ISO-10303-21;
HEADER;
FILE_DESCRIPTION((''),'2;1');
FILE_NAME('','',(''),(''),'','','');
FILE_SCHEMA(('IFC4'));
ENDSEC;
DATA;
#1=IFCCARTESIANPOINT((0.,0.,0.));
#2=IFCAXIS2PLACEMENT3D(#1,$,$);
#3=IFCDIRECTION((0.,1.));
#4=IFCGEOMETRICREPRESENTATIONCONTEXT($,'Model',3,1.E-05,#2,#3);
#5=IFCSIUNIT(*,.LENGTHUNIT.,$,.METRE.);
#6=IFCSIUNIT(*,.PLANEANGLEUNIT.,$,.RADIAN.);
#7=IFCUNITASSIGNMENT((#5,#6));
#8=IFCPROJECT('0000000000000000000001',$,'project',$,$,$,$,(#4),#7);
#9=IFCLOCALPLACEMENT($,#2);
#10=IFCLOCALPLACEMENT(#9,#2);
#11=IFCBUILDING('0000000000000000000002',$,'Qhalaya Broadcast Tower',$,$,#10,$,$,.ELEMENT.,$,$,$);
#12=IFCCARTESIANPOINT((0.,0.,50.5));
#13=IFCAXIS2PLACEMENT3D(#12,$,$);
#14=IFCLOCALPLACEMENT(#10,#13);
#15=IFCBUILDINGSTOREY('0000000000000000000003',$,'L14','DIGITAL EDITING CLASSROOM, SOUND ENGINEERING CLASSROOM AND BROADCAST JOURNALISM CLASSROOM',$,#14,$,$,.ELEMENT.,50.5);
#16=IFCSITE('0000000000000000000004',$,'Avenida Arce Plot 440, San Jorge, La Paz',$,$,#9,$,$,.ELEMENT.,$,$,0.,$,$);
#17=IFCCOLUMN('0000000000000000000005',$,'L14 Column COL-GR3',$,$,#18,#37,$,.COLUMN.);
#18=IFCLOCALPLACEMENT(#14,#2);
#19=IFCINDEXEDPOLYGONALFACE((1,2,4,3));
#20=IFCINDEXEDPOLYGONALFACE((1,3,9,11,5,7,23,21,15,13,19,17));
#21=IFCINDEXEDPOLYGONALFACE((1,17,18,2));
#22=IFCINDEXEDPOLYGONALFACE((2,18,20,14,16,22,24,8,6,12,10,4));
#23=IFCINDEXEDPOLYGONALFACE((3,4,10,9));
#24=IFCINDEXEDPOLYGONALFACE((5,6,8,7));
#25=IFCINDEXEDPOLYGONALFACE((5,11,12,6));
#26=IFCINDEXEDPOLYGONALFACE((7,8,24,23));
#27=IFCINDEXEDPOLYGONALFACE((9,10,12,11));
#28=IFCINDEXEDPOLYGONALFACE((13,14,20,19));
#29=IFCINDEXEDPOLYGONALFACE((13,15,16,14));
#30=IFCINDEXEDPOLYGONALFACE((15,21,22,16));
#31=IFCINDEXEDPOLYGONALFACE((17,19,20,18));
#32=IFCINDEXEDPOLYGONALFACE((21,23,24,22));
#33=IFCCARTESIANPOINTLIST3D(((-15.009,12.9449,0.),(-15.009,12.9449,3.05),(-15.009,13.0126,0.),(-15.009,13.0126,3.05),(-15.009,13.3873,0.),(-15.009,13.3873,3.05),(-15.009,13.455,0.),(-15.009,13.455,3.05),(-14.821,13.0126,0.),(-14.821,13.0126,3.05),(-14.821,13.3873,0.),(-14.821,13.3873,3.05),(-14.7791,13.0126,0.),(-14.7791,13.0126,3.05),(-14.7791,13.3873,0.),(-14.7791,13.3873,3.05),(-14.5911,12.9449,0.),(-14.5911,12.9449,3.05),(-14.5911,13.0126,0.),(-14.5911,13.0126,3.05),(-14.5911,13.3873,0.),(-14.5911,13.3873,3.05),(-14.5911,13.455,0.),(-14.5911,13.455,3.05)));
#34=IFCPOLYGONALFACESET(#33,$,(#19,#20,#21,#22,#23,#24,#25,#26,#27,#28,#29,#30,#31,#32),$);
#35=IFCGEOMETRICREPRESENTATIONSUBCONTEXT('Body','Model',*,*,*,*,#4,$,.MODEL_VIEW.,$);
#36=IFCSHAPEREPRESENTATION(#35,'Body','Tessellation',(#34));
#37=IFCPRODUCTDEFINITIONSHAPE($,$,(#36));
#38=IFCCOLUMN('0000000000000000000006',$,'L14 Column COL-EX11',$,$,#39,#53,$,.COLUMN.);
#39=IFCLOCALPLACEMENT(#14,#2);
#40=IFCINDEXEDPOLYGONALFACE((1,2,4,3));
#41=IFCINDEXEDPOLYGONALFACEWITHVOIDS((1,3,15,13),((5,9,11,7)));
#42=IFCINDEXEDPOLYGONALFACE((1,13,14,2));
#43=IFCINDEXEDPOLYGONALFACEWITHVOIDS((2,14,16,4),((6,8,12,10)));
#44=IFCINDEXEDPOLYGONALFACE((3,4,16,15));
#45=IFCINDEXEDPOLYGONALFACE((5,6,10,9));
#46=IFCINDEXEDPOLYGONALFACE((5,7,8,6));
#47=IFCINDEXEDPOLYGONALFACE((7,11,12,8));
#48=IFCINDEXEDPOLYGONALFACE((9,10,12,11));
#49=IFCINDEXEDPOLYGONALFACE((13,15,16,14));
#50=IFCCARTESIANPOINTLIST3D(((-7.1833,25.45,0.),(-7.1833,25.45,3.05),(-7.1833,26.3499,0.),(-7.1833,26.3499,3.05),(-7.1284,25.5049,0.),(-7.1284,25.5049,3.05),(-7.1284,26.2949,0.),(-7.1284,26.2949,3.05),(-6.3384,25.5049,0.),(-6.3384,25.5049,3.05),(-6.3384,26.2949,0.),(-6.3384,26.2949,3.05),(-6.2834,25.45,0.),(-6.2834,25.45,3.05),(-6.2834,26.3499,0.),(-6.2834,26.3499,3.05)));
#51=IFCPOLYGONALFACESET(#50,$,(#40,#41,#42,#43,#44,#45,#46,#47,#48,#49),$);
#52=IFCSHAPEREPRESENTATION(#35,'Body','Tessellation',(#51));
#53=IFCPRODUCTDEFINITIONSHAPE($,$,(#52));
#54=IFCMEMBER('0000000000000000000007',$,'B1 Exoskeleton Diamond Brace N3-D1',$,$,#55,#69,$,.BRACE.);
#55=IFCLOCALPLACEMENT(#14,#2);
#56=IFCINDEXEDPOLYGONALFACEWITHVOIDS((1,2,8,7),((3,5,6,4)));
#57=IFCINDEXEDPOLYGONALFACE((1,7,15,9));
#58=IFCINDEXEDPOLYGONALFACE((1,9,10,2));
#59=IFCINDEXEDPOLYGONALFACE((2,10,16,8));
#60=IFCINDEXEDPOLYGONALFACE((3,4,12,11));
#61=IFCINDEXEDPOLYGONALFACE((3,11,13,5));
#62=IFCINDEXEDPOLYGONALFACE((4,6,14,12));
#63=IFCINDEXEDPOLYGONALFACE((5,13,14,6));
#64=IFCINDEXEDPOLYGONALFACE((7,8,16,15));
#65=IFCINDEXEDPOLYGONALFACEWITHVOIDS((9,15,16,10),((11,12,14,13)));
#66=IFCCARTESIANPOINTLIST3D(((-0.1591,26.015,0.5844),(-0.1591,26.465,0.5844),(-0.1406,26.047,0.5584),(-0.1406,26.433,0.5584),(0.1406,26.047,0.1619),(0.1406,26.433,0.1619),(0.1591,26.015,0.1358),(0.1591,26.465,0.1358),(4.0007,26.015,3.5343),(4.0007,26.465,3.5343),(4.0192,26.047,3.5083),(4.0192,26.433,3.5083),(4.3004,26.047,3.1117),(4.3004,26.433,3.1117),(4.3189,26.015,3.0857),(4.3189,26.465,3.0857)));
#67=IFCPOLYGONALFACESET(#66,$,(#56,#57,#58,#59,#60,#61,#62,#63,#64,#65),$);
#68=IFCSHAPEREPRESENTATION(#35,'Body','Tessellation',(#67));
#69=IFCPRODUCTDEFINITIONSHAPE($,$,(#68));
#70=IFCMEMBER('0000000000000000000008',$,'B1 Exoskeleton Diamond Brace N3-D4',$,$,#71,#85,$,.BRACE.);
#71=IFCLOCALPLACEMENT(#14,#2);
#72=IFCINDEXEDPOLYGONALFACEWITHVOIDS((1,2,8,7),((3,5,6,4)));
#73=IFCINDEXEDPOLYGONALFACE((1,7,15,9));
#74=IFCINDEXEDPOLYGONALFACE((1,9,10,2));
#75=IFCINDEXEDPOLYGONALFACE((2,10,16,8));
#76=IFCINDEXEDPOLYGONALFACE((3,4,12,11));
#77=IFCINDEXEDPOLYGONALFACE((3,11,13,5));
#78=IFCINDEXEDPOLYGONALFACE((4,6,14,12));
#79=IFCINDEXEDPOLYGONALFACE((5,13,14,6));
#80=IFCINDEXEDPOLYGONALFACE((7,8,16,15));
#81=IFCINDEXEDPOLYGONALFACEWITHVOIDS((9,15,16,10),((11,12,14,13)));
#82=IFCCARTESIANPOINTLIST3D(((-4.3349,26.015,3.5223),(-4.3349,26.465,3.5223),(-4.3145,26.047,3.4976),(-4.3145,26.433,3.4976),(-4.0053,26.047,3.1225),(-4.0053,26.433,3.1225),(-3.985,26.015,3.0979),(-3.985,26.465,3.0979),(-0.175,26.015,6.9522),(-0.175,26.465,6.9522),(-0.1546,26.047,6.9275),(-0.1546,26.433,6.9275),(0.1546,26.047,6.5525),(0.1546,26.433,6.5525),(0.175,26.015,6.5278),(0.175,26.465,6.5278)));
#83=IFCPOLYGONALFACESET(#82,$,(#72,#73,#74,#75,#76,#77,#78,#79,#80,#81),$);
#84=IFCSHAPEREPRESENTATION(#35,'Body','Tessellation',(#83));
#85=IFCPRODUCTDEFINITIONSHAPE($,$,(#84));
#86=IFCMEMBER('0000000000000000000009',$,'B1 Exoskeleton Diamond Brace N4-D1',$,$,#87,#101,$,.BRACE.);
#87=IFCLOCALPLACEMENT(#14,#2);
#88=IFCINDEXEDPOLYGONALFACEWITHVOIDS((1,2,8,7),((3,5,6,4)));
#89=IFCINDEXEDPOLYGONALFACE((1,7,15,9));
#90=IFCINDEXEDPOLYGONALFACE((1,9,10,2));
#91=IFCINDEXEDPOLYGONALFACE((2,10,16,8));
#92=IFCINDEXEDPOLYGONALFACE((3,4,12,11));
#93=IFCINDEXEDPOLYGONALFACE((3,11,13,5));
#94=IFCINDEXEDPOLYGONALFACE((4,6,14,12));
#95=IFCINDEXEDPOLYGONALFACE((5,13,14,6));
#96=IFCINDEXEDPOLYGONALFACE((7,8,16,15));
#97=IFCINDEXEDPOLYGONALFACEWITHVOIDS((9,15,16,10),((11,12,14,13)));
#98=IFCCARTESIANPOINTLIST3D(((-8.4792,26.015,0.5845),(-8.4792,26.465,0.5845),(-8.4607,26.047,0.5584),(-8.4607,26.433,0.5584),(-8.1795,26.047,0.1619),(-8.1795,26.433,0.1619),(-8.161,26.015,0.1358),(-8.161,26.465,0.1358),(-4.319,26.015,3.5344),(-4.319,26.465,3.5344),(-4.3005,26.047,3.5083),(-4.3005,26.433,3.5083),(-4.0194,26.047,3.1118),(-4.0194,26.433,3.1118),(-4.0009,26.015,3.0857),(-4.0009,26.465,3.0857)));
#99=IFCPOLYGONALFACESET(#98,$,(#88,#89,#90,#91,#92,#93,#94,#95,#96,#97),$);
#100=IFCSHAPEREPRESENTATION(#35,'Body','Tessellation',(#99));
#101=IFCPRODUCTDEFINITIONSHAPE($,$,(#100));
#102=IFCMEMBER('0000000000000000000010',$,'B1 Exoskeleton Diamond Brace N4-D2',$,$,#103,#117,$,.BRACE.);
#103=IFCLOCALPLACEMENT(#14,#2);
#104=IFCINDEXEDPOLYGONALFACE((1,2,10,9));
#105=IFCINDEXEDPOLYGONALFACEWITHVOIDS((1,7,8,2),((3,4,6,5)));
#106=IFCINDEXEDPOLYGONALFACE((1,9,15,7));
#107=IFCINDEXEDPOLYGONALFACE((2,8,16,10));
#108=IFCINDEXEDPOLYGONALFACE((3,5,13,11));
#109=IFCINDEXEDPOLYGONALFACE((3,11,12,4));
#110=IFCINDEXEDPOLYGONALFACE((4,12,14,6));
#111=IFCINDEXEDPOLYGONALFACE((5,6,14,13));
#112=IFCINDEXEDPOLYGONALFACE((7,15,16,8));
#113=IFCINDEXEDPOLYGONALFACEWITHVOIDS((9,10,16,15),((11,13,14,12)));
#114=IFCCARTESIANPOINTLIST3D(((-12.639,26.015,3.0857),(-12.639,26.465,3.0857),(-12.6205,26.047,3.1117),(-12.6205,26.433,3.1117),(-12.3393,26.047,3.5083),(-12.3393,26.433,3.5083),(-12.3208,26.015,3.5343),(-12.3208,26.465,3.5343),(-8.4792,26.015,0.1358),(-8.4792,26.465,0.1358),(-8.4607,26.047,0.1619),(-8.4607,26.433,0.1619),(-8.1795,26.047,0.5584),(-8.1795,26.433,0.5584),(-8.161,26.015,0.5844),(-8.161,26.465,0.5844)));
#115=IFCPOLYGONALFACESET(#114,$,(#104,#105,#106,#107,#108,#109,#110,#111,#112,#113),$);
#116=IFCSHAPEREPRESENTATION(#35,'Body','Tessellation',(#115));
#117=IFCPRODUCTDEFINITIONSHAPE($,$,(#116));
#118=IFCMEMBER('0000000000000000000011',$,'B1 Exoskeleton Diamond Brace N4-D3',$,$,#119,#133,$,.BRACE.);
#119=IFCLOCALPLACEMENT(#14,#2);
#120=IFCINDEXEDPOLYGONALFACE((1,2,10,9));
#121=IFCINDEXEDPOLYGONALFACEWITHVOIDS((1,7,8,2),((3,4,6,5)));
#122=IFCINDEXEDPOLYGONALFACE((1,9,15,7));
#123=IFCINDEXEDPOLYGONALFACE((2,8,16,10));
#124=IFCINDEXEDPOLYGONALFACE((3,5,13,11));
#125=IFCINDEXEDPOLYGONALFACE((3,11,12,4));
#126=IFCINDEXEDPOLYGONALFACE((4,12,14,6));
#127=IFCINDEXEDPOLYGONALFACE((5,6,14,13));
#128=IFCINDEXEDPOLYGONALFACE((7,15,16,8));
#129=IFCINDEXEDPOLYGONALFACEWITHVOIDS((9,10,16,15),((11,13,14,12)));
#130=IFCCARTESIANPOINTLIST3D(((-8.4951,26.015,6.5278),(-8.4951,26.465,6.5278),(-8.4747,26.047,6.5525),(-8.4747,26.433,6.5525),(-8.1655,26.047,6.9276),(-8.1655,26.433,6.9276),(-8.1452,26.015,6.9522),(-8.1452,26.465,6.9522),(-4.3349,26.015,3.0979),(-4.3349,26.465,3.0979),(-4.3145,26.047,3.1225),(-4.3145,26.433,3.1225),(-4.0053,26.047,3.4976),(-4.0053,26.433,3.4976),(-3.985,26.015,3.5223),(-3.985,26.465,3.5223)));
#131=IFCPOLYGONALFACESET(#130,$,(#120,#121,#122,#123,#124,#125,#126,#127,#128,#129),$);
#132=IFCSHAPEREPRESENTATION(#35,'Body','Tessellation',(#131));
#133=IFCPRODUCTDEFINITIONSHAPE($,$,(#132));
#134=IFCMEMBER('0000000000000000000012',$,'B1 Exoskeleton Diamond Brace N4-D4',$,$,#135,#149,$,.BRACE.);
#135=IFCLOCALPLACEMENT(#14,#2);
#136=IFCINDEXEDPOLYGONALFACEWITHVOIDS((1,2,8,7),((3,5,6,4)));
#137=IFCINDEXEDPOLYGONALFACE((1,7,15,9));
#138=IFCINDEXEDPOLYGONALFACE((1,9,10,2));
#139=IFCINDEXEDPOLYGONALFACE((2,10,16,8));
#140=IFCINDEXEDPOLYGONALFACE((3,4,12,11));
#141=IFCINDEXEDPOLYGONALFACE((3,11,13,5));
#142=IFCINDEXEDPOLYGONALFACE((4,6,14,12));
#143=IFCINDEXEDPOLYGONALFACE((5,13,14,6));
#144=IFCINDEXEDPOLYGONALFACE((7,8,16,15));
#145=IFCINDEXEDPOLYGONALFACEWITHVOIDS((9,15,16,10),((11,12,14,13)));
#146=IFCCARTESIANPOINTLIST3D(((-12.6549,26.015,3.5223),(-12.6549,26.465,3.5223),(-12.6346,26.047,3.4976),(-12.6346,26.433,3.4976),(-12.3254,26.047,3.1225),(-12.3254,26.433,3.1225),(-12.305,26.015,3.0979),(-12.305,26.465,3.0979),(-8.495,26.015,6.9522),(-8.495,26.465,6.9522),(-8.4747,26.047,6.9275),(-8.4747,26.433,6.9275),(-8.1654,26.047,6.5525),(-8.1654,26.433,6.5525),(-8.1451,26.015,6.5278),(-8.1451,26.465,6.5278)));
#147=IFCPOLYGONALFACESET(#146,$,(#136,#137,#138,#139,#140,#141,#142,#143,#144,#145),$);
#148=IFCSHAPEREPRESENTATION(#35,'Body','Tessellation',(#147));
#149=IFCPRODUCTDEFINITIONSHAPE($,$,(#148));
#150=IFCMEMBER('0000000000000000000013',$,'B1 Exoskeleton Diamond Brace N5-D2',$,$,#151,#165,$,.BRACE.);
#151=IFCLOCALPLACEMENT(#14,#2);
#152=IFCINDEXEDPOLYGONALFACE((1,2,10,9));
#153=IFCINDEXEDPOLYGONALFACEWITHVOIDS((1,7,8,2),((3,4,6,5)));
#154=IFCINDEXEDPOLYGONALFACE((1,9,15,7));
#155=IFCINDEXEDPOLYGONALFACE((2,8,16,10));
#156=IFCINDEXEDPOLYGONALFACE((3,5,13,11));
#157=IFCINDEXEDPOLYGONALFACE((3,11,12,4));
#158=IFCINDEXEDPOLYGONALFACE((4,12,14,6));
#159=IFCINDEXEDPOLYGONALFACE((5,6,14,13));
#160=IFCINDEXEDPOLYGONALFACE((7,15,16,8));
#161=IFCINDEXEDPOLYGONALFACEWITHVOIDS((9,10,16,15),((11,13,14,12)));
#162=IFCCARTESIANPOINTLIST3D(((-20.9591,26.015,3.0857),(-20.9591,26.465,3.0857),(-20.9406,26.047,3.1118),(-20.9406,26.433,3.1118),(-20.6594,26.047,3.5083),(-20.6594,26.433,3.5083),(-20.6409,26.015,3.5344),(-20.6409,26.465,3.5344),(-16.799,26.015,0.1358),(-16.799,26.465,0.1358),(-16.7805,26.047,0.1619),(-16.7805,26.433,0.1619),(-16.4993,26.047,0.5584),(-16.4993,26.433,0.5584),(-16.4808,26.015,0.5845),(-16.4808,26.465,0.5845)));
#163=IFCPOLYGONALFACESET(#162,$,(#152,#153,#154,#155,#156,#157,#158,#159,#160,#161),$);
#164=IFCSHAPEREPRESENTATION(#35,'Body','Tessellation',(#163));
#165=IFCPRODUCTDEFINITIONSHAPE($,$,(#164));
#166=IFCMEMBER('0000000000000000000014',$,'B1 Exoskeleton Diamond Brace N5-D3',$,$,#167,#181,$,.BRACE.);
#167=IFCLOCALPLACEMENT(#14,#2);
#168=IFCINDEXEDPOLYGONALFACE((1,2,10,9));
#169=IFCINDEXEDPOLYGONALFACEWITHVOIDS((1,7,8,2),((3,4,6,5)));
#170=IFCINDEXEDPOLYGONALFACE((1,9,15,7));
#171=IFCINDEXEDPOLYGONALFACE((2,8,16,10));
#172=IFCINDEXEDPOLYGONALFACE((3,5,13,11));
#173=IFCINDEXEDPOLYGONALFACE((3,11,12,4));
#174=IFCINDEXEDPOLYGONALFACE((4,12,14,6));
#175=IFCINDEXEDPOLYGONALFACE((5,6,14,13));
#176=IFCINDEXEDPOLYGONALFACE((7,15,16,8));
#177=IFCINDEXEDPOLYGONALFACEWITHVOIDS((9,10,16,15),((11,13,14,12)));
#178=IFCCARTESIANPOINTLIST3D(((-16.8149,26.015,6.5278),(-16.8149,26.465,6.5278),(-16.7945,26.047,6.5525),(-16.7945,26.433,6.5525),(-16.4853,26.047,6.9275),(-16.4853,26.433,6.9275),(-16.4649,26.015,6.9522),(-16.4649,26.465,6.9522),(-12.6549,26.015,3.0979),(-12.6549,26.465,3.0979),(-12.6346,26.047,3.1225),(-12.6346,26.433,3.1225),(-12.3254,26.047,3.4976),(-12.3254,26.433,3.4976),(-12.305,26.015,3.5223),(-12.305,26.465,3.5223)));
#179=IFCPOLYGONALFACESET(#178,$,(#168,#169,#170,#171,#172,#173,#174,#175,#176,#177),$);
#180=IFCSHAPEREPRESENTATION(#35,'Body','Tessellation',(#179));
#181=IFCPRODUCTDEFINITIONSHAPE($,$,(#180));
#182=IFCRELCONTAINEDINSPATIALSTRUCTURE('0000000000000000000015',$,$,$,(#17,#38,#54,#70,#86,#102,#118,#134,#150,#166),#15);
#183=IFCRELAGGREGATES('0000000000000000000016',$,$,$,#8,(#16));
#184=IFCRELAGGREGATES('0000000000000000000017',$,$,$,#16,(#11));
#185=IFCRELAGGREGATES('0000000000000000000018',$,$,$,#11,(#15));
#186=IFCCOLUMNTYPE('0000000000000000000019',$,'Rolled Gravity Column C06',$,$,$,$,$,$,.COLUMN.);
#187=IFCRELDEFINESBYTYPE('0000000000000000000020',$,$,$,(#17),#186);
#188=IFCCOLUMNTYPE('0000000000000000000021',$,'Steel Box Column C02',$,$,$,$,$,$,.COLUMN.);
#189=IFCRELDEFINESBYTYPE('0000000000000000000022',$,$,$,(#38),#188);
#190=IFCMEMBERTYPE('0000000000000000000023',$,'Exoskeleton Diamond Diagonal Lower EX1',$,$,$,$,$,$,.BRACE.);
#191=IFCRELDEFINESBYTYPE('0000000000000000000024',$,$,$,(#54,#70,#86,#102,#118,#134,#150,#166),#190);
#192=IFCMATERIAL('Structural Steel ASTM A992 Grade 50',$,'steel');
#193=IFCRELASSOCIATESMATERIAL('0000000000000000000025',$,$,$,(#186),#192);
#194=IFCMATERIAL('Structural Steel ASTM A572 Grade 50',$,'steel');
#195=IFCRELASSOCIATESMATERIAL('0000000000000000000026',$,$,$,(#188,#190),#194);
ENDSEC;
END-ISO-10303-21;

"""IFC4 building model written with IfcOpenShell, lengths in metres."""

from ifc_helpers import new_model, si_unit, direction, frame, origin, origin_2d, place, context, subcontext, project, spatial, hollow_rectangle, i_section, extrude, material, material_profile, profile_set, type_object, element, save


model = new_model("IFC4")

# Units and contexts
model_context = context("Model", 3, precision=1e-05, world=origin(), true_north=direction((0.0, 1.0)))
body_context = subcontext(model_context, "Body", "Model", "MODEL_VIEW")
ifc_project = project(units=[si_unit("LENGTHUNIT", "METRE"), si_unit("PLANEANGLEUNIT", "RADIAN")], contexts=[model_context])

# Site, building, storey
site_placement = place(None, origin())
site = spatial("IfcSite", under=ifc_project, at=site_placement, Name="Avenida Arce Plot 440, San Jorge, La Paz", CompositionType="ELEMENT", RefElevation=0.0)
building_placement = place(site_placement, origin())
building = spatial("IfcBuilding", under=site, at=building_placement, Name="Qhalaya Broadcast Tower", CompositionType="ELEMENT")
storey_placement = place(building_placement, frame((0.0, 0.0, 50.5)))
storey = spatial("IfcBuildingStorey", under=building, at=storey_placement, Name="L14", Description="DIGITAL EDITING CLASSROOM, SOUND ENGINEERING CLASSROOM AND BROADCAST JOURNALISM CLASSROOM", CompositionType="ELEMENT", Elevation=50.5)

# Columns
ifc_material_1 = material(Name="Structural Steel ASTM A992 Grade 50", Category="steel")
ifc_material_profile_1 = material_profile(ifc_material_1, i_section(OverallWidth=0.418, OverallDepth=0.51, WebThickness=0.042, FlangeThickness=0.0676, at=origin_2d()), Name="W14X370")
ifc_profile_set_1 = profile_set([ifc_material_profile_1], Name="Structural Steel ASTM A992 Grade 50")
column_type_1 = type_object("IfcColumnType", Name="Rolled Gravity Column C06", PredefinedType="COLUMN", material=ifc_profile_set_1)
column_1_placement = place(storey_placement, frame((-14.8, 13.2, 0.0), z_axis=(0.0, 0.0, 1.0), x_axis=(1.0, 0.0, 0.0)))
element("IfcColumn", 1, at=column_1_placement, inside=storey, type_object=column_type_1, Name="L14 Column COL-GR3", PredefinedType="COLUMN", context=body_context, shape_type="SweptSolid", body=[
    extrude(i_section(OverallWidth=0.418, OverallDepth=0.51, WebThickness=0.042, FlangeThickness=0.0676, at=origin_2d()), origin(), (0.0, 0.0, 1.0), 3.05),
])
ifc_material_2 = material(Name="Structural Steel ASTM A572 Grade 50", Category="steel")
ifc_material_profile_2 = material_profile(ifc_material_2, hollow_rectangle(XDim=0.8999, YDim=0.8999, WallThickness=0.0549, at=origin_2d()), Name="BOX 900x900x55")
ifc_profile_set_2 = profile_set([ifc_material_profile_2], Name="Structural Steel ASTM A572 Grade 50")
column_type_2 = type_object("IfcColumnType", Name="Steel Box Column C02", PredefinedType="COLUMN", material=ifc_profile_set_2)
column_2_placement = place(storey_placement, frame((-6.7334, 25.8999, 0.0), z_axis=(0.0, 0.0, 1.0), x_axis=(1.0, 0.0, 0.0)))
element("IfcColumn", 2, at=column_2_placement, inside=storey, type_object=column_type_2, Name="L14 Column COL-EX11", PredefinedType="COLUMN", context=body_context, shape_type="SweptSolid", body=[
    extrude(hollow_rectangle(XDim=0.8999, YDim=0.8999, WallThickness=0.0549, at=origin_2d()), origin(), (0.0, 0.0, 1.0), 3.05),
])

# Members
ifc_material_profile_3 = material_profile(ifc_material_2, hollow_rectangle(XDim=0.45, YDim=0.55, WallThickness=0.032, at=origin_2d()), Name="BOX 450x550x32")
ifc_profile_set_3 = profile_set([ifc_material_profile_3], Name="Structural Steel ASTM A572 Grade 50")
member_type = type_object("IfcMemberType", Name="Exoskeleton Diamond Diagonal Lower EX1", PredefinedType="BRACE", material=ifc_profile_set_3)
member_1_placement = place(storey_placement, frame((0.0, 26.24, 0.3601), z_axis=(0.815715, 0.0, 0.578454), x_axis=(0.0, 1.0, 0.0)))
element("IfcMember", 3, at=member_1_placement, inside=storey, type_object=member_type, Name="B1 Exoskeleton Diamond Brace N3-D1", PredefinedType="BRACE", context=body_context, shape_type="SweptSolid", body=[
    extrude(hollow_rectangle(XDim=0.45, YDim=0.55, WallThickness=0.032, at=origin_2d()), origin(), (0.0, 0.0, 1.0), 5.0996),
])
member_2_placement = place(storey_placement, frame((-4.1599, 26.24, 3.3101), z_axis=(0.771555, 0.0, 0.636163), x_axis=(0.0, 1.0, 0.0)))
element("IfcMember", 4, at=member_2_placement, inside=storey, type_object=member_type, Name="B1 Exoskeleton Diamond Brace N3-D4", PredefinedType="BRACE", context=body_context, shape_type="SweptSolid", body=[
    extrude(hollow_rectangle(XDim=0.45, YDim=0.55, WallThickness=0.032, at=origin_2d()), origin(), (0.0, 0.0, 1.0), 5.3916),
])
member_3_placement = place(storey_placement, frame((-8.3201, 26.24, 0.3601), z_axis=(0.815731, 0.0, 0.578432), x_axis=(0.0, 1.0, 0.0)))
element("IfcMember", 5, at=member_3_placement, inside=storey, type_object=member_type, Name="B1 Exoskeleton Diamond Brace N4-D1", PredefinedType="BRACE", context=body_context, shape_type="SweptSolid", body=[
    extrude(hollow_rectangle(XDim=0.45, YDim=0.55, WallThickness=0.032, at=origin_2d()), origin(), (0.0, 0.0, 1.0), 5.0999),
])
member_4_placement = place(storey_placement, frame((-8.3201, 26.24, 0.3601), z_axis=(-0.815715, 0.0, 0.578454), x_axis=(0.0, -1.0, 0.0)))
element("IfcMember", 6, at=member_4_placement, inside=storey, type_object=member_type, Name="B1 Exoskeleton Diamond Brace N4-D2", PredefinedType="BRACE", context=body_context, shape_type="SweptSolid", body=[
    extrude(hollow_rectangle(XDim=0.45, YDim=0.55, WallThickness=0.032, at=origin_2d()), origin(), (0.0, 0.0, 1.0), 5.0996),
])
member_5_placement = place(storey_placement, frame((-4.1599, 26.24, 3.3101), z_axis=(-0.771573, 0.0, 0.63614), x_axis=(0.0, -1.0, 0.0)))
element("IfcMember", 7, at=member_5_placement, inside=storey, type_object=member_type, Name="B1 Exoskeleton Diamond Brace N4-D3", PredefinedType="BRACE", context=body_context, shape_type="SweptSolid", body=[
    extrude(hollow_rectangle(XDim=0.45, YDim=0.55, WallThickness=0.032, at=origin_2d()), origin(), (0.0, 0.0, 1.0), 5.3918),
])
member_6_placement = place(storey_placement, frame((-12.48, 26.24, 3.3101), z_axis=(0.771555, 0.0, 0.636163), x_axis=(0.0, 1.0, 0.0)))
element("IfcMember", 8, at=member_6_placement, inside=storey, type_object=member_type, Name="B1 Exoskeleton Diamond Brace N4-D4", PredefinedType="BRACE", context=body_context, shape_type="SweptSolid", body=[
    extrude(hollow_rectangle(XDim=0.45, YDim=0.55, WallThickness=0.032, at=origin_2d()), origin(), (0.0, 0.0, 1.0), 5.3916),
])
member_7_placement = place(storey_placement, frame((-16.6399, 26.24, 0.3601), z_axis=(-0.815731, 0.0, 0.578432), x_axis=(0.0, -1.0, 0.0)))
element("IfcMember", 9, at=member_7_placement, inside=storey, type_object=member_type, Name="B1 Exoskeleton Diamond Brace N5-D2", PredefinedType="BRACE", context=body_context, shape_type="SweptSolid", body=[
    extrude(hollow_rectangle(XDim=0.45, YDim=0.55, WallThickness=0.032, at=origin_2d()), origin(), (0.0, 0.0, 1.0), 5.0999),
])
member_8_placement = place(storey_placement, frame((-12.48, 26.24, 3.3101), z_axis=(-0.771555, 0.0, 0.636163), x_axis=(0.0, -1.0, 0.0)))
element("IfcMember", 10, at=member_8_placement, inside=storey, type_object=member_type, Name="B1 Exoskeleton Diamond Brace N5-D3", PredefinedType="BRACE", context=body_context, shape_type="SweptSolid", body=[
    extrude(hollow_rectangle(XDim=0.45, YDim=0.55, WallThickness=0.032, at=origin_2d()), origin(), (0.0, 0.0, 1.0), 5.3916),
])

save(model, "model.ifc")
